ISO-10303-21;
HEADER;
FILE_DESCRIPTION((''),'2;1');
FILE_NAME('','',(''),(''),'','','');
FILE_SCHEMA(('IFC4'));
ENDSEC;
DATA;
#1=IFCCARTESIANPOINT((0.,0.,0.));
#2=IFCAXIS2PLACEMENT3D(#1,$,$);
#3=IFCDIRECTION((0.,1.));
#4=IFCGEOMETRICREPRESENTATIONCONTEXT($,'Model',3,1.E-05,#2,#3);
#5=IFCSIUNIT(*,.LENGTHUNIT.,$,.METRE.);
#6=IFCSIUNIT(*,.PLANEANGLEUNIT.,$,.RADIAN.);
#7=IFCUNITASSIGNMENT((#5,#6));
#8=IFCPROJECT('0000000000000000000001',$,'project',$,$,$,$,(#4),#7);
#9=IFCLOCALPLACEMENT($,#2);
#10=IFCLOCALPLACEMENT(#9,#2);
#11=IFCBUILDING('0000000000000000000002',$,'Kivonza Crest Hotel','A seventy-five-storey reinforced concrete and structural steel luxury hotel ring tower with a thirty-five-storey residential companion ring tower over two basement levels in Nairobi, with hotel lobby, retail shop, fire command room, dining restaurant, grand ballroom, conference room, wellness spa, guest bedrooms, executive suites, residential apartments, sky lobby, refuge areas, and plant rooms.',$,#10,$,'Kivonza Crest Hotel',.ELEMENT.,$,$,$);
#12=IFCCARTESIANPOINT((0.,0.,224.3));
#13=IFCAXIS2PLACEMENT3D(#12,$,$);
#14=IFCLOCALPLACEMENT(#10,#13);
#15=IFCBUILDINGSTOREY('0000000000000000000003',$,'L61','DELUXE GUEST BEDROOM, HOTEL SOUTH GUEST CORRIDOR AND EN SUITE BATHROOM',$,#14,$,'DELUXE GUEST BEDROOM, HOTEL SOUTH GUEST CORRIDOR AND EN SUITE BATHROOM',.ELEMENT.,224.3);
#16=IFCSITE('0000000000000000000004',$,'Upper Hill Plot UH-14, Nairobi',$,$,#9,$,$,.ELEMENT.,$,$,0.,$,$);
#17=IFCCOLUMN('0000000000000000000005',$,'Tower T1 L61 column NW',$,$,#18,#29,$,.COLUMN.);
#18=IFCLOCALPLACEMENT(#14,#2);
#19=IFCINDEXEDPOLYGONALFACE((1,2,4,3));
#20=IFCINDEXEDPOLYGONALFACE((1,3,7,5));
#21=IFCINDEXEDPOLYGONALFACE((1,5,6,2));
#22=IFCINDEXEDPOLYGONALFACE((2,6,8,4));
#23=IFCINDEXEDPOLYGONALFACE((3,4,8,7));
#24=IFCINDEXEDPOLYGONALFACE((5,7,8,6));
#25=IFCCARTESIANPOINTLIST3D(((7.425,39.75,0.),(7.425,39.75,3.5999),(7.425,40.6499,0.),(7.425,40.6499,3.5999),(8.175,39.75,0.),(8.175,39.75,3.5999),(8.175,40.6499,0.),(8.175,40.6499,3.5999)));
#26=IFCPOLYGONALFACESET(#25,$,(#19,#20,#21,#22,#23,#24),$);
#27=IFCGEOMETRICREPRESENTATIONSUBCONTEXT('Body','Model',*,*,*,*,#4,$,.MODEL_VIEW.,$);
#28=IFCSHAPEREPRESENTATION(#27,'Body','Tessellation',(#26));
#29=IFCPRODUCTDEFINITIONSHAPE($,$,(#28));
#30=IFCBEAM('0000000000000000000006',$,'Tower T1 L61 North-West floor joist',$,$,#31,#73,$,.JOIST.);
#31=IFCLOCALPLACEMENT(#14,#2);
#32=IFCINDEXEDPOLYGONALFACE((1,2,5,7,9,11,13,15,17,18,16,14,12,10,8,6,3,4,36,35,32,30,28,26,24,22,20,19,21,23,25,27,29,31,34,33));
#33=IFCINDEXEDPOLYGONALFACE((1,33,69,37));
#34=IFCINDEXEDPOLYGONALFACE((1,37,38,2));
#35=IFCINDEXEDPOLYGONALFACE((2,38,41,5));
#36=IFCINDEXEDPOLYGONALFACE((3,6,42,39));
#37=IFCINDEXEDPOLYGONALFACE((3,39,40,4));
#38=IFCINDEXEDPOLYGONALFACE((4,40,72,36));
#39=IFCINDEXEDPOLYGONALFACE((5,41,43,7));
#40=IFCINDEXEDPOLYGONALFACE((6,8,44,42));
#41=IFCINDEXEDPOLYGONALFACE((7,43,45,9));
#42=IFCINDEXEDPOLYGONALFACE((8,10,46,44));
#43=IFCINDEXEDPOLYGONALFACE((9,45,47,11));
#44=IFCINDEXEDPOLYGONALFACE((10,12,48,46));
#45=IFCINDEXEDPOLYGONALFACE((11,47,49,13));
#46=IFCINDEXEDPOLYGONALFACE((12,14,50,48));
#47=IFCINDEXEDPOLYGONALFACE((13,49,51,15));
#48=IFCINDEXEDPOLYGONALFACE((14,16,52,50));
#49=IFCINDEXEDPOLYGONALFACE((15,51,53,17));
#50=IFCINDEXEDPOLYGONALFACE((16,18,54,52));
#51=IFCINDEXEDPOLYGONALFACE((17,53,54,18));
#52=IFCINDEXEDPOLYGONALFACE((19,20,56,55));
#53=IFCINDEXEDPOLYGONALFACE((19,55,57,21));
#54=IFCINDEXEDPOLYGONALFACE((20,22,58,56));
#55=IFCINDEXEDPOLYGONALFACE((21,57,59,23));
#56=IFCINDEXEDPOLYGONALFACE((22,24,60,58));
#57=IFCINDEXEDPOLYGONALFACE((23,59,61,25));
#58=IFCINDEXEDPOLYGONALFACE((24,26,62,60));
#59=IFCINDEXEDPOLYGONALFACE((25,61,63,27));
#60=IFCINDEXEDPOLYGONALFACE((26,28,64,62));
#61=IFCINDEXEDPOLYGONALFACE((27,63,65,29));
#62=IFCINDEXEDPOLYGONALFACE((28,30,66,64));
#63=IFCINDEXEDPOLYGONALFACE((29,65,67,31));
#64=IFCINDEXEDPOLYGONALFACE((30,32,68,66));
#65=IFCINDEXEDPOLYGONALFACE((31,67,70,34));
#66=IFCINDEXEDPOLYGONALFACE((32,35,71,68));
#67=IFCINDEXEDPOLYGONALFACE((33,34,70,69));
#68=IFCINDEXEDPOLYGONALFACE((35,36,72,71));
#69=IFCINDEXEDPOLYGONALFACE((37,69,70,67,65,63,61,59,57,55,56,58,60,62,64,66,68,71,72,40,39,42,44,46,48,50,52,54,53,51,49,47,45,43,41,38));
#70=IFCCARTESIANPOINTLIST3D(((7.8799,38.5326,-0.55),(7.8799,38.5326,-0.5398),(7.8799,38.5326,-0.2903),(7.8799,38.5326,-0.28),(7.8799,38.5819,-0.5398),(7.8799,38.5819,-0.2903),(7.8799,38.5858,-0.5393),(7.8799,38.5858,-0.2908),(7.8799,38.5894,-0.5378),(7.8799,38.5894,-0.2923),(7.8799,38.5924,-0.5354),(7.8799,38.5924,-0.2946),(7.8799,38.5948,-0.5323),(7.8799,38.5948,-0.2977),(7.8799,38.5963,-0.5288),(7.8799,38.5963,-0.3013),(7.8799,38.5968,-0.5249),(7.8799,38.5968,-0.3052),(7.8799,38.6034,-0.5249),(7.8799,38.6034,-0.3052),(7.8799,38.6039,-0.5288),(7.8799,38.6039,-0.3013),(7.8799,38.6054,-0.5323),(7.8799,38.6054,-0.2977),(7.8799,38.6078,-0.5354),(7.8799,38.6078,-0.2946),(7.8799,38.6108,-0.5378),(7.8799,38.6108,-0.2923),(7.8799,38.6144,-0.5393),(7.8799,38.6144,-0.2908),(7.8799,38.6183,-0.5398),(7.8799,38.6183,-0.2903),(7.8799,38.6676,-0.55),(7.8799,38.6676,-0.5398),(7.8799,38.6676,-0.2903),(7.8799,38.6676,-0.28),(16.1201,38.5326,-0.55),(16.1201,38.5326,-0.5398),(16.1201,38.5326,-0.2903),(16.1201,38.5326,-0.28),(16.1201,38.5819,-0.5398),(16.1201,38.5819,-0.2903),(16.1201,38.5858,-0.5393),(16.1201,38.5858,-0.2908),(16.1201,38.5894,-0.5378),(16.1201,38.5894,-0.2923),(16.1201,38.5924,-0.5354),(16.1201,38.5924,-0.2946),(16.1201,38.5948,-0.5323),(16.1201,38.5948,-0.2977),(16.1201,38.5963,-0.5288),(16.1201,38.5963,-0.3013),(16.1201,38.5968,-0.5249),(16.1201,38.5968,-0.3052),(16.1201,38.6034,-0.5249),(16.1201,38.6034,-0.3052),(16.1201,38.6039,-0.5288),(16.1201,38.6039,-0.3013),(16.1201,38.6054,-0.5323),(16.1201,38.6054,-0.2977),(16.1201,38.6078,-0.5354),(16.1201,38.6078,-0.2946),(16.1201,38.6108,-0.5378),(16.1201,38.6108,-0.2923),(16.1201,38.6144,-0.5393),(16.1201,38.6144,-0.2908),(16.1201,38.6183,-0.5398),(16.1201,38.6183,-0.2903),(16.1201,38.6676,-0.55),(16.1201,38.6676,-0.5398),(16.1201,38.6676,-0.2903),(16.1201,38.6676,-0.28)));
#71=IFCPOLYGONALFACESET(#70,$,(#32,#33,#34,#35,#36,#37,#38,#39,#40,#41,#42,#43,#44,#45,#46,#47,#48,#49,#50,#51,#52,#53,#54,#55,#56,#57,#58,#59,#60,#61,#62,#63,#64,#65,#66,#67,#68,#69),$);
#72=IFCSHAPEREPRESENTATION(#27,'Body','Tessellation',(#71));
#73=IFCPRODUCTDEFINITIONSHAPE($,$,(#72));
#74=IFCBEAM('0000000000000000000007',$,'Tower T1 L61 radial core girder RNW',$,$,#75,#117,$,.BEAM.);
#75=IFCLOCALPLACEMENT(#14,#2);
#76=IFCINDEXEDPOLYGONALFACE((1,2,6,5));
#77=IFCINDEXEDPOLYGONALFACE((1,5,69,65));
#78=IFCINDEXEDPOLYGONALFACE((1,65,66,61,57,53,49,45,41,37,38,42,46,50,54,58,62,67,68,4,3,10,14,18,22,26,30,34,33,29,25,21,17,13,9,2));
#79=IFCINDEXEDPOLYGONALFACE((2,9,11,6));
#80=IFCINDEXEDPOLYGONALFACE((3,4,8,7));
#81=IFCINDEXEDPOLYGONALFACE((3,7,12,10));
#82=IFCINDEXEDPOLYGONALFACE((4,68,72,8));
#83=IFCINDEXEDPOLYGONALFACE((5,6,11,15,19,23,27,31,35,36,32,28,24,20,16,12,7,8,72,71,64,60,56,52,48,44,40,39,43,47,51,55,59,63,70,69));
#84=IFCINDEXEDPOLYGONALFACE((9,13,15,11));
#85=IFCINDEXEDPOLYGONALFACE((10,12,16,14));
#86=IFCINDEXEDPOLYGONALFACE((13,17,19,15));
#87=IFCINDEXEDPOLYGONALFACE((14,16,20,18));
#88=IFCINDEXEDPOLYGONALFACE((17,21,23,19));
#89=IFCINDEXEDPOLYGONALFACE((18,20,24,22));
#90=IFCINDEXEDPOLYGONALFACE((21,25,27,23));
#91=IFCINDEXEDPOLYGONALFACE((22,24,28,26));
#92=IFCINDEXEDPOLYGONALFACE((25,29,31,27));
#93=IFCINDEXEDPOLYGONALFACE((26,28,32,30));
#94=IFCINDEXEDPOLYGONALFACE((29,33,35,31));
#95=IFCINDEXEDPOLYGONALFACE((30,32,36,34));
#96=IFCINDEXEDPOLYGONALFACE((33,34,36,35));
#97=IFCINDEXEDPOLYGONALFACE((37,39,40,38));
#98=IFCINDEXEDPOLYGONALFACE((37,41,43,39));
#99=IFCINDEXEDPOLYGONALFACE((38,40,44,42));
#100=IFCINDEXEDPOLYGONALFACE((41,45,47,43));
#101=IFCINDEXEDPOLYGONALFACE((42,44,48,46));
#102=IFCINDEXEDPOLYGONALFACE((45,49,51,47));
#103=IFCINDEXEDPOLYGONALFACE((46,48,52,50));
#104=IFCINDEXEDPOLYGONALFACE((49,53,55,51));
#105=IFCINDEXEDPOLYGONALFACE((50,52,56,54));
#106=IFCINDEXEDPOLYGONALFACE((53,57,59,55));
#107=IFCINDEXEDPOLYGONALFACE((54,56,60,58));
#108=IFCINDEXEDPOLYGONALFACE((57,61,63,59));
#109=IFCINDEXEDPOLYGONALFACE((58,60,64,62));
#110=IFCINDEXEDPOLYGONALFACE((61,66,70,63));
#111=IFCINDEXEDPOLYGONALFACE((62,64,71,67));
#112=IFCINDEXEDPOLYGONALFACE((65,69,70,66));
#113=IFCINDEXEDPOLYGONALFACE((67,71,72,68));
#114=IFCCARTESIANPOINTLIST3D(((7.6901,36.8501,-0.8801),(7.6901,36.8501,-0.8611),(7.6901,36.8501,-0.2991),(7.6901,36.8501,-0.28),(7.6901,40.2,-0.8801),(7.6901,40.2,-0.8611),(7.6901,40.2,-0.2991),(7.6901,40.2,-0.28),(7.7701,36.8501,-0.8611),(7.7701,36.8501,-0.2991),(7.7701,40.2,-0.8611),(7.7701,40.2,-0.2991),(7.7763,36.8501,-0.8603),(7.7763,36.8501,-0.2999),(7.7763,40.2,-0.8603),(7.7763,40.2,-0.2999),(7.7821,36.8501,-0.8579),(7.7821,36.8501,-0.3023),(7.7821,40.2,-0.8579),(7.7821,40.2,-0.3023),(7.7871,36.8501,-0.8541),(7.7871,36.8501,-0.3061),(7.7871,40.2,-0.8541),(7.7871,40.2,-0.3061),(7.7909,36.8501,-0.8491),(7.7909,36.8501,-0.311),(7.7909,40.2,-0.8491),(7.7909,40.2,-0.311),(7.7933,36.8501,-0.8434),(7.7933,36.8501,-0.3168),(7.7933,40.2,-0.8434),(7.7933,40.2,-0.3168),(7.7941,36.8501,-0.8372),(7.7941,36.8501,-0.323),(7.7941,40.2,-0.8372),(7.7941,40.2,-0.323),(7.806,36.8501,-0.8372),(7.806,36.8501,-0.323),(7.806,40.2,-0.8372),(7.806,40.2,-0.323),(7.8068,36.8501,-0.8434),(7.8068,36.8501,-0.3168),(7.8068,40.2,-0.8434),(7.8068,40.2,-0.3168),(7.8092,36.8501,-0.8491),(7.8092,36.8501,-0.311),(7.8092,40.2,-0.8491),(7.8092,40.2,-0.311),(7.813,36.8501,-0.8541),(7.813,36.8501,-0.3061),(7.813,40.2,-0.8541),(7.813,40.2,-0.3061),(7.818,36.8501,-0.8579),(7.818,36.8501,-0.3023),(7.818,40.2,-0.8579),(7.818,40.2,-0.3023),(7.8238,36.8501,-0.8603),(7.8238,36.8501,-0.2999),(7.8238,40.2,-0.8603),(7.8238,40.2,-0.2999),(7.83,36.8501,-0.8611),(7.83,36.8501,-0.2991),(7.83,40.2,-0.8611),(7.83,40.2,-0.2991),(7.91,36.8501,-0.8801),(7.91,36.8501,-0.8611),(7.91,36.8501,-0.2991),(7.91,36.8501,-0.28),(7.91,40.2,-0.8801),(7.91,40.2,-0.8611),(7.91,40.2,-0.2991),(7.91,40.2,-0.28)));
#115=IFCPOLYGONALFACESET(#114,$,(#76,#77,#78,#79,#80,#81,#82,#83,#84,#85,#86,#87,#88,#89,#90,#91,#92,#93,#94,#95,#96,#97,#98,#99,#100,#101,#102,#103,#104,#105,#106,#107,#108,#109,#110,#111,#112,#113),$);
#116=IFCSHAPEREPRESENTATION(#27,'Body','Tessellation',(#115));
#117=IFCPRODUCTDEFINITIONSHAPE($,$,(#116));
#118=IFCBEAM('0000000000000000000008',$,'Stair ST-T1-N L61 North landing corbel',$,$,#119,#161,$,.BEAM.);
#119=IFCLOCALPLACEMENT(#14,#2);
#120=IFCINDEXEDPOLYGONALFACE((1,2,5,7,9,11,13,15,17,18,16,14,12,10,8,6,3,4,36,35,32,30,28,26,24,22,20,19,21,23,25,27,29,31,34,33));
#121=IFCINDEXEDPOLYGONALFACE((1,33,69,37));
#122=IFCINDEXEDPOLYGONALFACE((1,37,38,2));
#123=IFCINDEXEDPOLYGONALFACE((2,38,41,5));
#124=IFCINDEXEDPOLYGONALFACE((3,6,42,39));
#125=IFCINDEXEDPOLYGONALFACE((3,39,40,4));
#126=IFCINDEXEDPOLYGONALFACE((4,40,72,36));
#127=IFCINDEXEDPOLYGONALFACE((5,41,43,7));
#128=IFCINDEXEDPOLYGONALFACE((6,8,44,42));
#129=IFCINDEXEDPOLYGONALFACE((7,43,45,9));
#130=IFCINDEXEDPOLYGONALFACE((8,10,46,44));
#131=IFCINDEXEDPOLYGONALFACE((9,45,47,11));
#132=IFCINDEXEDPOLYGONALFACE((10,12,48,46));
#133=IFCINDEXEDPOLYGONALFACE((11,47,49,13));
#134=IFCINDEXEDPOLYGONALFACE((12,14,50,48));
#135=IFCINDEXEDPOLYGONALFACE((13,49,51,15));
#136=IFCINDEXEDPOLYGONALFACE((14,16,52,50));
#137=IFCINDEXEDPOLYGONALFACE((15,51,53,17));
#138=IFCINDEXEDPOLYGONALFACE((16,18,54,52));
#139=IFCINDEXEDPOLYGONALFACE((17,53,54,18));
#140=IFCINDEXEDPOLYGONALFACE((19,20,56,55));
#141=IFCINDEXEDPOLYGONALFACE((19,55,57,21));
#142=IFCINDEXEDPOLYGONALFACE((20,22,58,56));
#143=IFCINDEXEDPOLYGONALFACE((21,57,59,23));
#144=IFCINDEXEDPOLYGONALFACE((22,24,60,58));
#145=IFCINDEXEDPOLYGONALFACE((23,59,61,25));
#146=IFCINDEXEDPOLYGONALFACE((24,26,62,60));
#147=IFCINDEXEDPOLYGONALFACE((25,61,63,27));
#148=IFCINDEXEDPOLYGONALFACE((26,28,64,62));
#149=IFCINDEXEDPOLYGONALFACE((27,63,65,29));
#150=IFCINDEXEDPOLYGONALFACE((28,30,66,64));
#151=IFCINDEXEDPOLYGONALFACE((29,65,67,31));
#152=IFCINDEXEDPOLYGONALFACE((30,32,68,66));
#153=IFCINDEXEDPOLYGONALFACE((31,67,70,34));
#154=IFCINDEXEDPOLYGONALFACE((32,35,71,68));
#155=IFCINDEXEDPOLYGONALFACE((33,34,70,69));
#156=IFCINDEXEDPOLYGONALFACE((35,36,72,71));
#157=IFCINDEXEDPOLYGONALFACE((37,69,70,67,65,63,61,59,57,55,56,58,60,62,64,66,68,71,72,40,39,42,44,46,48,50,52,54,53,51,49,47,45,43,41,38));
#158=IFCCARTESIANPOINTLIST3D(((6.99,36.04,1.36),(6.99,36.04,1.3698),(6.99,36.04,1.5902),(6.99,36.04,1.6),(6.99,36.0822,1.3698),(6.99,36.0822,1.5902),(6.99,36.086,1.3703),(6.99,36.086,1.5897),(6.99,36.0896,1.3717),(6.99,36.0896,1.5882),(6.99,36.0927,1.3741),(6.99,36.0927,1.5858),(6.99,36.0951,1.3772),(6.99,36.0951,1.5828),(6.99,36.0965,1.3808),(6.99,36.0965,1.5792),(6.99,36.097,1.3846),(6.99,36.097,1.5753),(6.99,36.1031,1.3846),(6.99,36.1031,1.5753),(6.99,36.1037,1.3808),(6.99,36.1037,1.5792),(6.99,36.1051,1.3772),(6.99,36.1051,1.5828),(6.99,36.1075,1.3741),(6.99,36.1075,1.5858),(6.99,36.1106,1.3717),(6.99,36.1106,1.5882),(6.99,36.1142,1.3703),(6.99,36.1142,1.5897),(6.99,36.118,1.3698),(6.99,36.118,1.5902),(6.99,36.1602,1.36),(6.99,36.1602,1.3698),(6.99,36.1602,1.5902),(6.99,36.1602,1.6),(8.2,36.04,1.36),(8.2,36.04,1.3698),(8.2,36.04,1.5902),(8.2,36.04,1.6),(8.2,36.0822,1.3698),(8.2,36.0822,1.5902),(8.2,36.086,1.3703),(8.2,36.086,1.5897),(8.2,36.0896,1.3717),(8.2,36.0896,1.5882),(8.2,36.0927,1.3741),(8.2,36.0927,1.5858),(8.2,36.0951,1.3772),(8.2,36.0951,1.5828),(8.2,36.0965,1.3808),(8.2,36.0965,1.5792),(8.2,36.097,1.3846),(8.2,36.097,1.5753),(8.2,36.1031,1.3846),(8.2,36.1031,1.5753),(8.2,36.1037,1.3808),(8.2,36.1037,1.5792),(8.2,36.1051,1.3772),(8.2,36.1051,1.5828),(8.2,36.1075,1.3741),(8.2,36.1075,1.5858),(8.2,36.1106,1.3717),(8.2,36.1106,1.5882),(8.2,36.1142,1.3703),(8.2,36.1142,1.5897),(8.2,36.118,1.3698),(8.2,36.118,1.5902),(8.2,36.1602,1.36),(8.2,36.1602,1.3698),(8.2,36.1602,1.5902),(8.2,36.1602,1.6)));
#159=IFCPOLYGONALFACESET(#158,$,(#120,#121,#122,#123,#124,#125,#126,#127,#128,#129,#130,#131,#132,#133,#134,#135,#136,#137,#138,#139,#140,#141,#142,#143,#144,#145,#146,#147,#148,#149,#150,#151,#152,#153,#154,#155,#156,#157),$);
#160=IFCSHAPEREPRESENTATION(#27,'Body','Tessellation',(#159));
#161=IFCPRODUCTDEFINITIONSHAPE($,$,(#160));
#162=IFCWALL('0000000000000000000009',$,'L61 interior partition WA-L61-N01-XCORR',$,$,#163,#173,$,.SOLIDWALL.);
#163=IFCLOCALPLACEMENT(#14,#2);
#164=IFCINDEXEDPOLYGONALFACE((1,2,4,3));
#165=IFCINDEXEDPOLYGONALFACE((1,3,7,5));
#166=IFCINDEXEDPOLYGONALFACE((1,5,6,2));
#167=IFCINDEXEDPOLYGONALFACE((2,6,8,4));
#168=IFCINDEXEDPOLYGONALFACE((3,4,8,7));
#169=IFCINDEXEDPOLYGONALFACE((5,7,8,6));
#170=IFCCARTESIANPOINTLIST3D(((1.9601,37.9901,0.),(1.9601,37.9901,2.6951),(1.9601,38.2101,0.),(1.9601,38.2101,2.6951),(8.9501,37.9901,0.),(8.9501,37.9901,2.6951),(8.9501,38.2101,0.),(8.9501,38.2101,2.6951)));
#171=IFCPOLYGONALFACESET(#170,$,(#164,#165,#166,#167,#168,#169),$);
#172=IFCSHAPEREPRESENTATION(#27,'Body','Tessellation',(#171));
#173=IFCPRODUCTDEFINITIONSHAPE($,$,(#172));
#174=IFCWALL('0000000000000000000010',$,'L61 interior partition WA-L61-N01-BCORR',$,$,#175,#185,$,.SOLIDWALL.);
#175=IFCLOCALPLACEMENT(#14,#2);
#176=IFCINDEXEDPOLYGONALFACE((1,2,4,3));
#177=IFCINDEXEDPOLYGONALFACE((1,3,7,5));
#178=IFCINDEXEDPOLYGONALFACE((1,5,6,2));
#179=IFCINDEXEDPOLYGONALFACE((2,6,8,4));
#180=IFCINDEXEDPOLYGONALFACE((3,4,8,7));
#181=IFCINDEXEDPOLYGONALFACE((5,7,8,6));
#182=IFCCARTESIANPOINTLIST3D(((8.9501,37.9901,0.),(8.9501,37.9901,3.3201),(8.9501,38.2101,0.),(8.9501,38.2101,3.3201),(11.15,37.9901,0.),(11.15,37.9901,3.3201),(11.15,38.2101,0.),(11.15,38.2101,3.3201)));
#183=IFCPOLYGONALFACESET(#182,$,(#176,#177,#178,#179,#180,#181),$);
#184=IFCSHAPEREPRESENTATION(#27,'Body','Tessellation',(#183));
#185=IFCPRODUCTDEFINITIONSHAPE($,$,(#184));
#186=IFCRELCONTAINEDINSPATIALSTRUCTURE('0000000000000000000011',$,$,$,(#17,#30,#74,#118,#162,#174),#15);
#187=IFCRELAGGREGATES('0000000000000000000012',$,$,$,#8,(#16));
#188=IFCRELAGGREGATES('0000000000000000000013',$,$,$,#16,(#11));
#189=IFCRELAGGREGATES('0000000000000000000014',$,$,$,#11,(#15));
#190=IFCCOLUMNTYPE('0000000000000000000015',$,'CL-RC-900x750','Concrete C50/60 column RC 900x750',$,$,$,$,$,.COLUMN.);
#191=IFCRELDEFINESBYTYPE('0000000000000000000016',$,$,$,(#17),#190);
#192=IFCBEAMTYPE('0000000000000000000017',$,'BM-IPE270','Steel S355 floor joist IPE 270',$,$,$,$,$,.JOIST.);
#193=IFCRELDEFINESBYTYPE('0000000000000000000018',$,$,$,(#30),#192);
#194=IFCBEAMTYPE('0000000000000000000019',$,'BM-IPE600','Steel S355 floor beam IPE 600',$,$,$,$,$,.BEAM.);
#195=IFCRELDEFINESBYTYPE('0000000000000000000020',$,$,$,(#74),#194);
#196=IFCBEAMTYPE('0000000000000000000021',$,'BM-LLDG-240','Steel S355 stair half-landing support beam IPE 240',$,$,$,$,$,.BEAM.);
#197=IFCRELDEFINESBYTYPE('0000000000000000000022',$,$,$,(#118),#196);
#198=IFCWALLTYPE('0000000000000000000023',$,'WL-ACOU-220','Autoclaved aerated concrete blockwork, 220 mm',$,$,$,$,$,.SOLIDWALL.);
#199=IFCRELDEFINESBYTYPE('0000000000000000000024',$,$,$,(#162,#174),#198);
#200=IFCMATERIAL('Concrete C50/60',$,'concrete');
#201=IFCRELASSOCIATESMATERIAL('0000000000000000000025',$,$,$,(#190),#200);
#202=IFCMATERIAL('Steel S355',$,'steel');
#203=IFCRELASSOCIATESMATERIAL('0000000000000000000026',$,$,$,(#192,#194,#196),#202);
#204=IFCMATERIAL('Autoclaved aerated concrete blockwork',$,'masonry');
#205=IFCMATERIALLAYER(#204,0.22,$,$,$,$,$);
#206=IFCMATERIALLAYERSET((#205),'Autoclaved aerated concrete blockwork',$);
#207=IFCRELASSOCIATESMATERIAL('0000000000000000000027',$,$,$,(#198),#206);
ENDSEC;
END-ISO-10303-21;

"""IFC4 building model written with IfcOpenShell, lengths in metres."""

from ifc_helpers import new_model, si_unit, direction, frame, frame_2d, origin, origin_2d, place, context, subcontext, project, spatial, rectangle, i_section, extrude, material, layer, layer_set, material_profile, profile_set, type_object, element, save


model = new_model("IFC4")

# Units and contexts
model_context = context("Model", 3, precision=1e-05, world=origin(), true_north=direction((0.0, 1.0)))
body_context = subcontext(model_context, "Body", "Model", "MODEL_VIEW")
ifc_project = project(units=[si_unit("LENGTHUNIT", "METRE"), si_unit("PLANEANGLEUNIT", "RADIAN")], contexts=[model_context])

# Site, building, storey
site_placement = place(None, origin())
site = spatial("IfcSite", under=ifc_project, at=site_placement, Name="Upper Hill Plot UH-14, Nairobi", CompositionType="ELEMENT", RefElevation=0.0)
building_placement = place(site_placement, origin())
building = spatial("IfcBuilding", under=site, at=building_placement, Name="Kivonza Crest Hotel", Description="A seventy-five-storey reinforced concrete and structural steel luxury hotel ring tower with a thirty-five-storey residential companion ring tower over two basement levels in Nairobi, with hotel lobby, retail shop, fire command room, dining restaurant, grand ballroom, conference room, wellness spa, guest bedrooms, executive suites, residential apartments, sky lobby, refuge areas, and plant rooms.", LongName="Kivonza Crest Hotel", CompositionType="ELEMENT")
storey_placement = place(building_placement, frame((0.0, 0.0, 224.3)))
storey = spatial("IfcBuildingStorey", under=building, at=storey_placement, Name="L61", Description="DELUXE GUEST BEDROOM, HOTEL SOUTH GUEST CORRIDOR AND EN SUITE BATHROOM", LongName="DELUXE GUEST BEDROOM, HOTEL SOUTH GUEST CORRIDOR AND EN SUITE BATHROOM", CompositionType="ELEMENT", Elevation=224.3)

# Column
ifc_material_1 = material(Name="Concrete C50/60", Category="concrete")
ifc_material_profile_1 = material_profile(ifc_material_1, rectangle(XDim=0.75, YDim=0.8999, at=origin_2d()), Name="RC 900x750")
ifc_profile_set_1 = profile_set([ifc_material_profile_1], Name="Concrete C50/60")
column_type = type_object("IfcColumnType", Name="CL-RC-900x750", Description="Concrete C50/60 column RC 900x750", PredefinedType="COLUMN", material=ifc_profile_set_1)
column_placement = place(storey_placement, frame((7.8, 40.2, 0.0), z_axis=(0.0, 0.0, 1.0), x_axis=(1.0, 0.0, 0.0)))
element("IfcColumn", 1, at=column_placement, inside=storey, type_object=column_type, Name="Tower T1 L61 column NW", PredefinedType="COLUMN", context=body_context, shape_type="SweptSolid", body=[
    extrude(rectangle(XDim=0.75, YDim=0.8999, at=origin_2d()), origin(), (0.0, 0.0, 1.0), 3.5999),
])

# Beams
ifc_material_2 = material(Name="Steel S355", Category="steel")
ifc_material_profile_2 = material_profile(ifc_material_2, i_section(OverallWidth=0.135, OverallDepth=0.27, WebThickness=0.0066, FlangeThickness=0.0103, FilletRadius=0.0149, at=origin_2d()), Name="IPE 270")
ifc_profile_set_2 = profile_set([ifc_material_profile_2], Name="Steel S355")
beam_type_1 = type_object("IfcBeamType", Name="BM-IPE270", Description="Steel S355 floor joist IPE 270", PredefinedType="JOIST", material=ifc_profile_set_2)
beam_1_placement = place(storey_placement, frame((7.8799, 38.6001, -0.415), z_axis=(1.0, 0.0, 0.0), x_axis=(0.0, 1.0, 0.0)))
element("IfcBeam", 2, at=beam_1_placement, inside=storey, type_object=beam_type_1, Name="Tower T1 L61 North-West floor joist", PredefinedType="JOIST", context=body_context, shape_type="SweptSolid", body=[
    extrude(i_section(OverallWidth=0.135, OverallDepth=0.27, WebThickness=0.0066, FlangeThickness=0.0103, FilletRadius=0.0149, at=origin_2d()), origin(), (0.0, 0.0, 1.0), 8.2402),
])
ifc_material_profile_3 = material_profile(ifc_material_2, i_section(OverallWidth=0.22, OverallDepth=0.6001, WebThickness=0.012, FlangeThickness=0.019, FilletRadius=0.0239, at=origin_2d()), Name="IPE 600")
ifc_profile_set_3 = profile_set([ifc_material_profile_3], Name="Steel S355")
beam_type_2 = type_object("IfcBeamType", Name="BM-IPE600", Description="Steel S355 floor beam IPE 600", PredefinedType="BEAM", material=ifc_profile_set_3)
beam_2_placement = place(storey_placement, frame((7.8, 40.2, -0.5801), z_axis=(0.0, -1.0, 0.0), x_axis=(1.0, 0.0, 0.0)))
element("IfcBeam", 3, at=beam_2_placement, inside=storey, type_object=beam_type_2, Name="Tower T1 L61 radial core girder RNW", PredefinedType="BEAM", context=body_context, shape_type="SweptSolid", body=[
    extrude(i_section(OverallWidth=0.22, OverallDepth=0.6001, WebThickness=0.012, FlangeThickness=0.019, FilletRadius=0.0239, at=origin_2d()), origin(), (0.0, 0.0, 1.0), 3.3499),
])
ifc_material_profile_4 = material_profile(ifc_material_2, i_section(OverallWidth=0.1201, OverallDepth=0.24, WebThickness=0.0061, FlangeThickness=0.0098, FilletRadius=0.0149, at=origin_2d()), Name="IPE 240")
ifc_profile_set_4 = profile_set([ifc_material_profile_4], Name="Steel S355")
beam_type_3 = type_object("IfcBeamType", Name="BM-LLDG-240", Description="Steel S355 stair half-landing support beam IPE 240", PredefinedType="BEAM", material=ifc_profile_set_4)
beam_3_placement = place(storey_placement, frame((6.99, 36.1001, 1.48), z_axis=(1.0, 0.0, 0.0), x_axis=(0.0, 1.0, 0.0)))
element("IfcBeam", 4, at=beam_3_placement, inside=storey, type_object=beam_type_3, Name="Stair ST-T1-N L61 North landing corbel", PredefinedType="BEAM", context=body_context, shape_type="SweptSolid", body=[
    extrude(i_section(OverallWidth=0.1201, OverallDepth=0.24, WebThickness=0.0061, FlangeThickness=0.0098, FilletRadius=0.0149, at=origin_2d()), origin(), (0.0, 0.0, 1.0), 1.21),
])

# Walls
ifc_material_3 = material(Name="Autoclaved aerated concrete blockwork", Category="masonry")
ifc_layer_1 = layer(ifc_material_3, 0.22)
ifc_layer_set_1 = layer_set([ifc_layer_1], Name="Autoclaved aerated concrete blockwork")
wall_type_1 = type_object("IfcWallType", Name="WL-ACOU-220", Description="Autoclaved aerated concrete blockwork, 220 mm", PredefinedType="SOLIDWALL", material=ifc_layer_set_1)
wall_1_placement = place(storey_placement, frame((1.96, 38.1001, 0.0), z_axis=(0.0, 0.0, 1.0), x_axis=(1.0, 0.0, 0.0)))
element("IfcWall", 5, at=wall_1_placement, inside=storey, type_object=wall_type_1, Name="L61 interior partition WA-L61-N01-XCORR", PredefinedType="SOLIDWALL", context=body_context, shape_type="SweptSolid", body=[
    extrude(rectangle(XDim=6.99, YDim=0.22, at=frame_2d((3.4951, 0.0))), origin(), (0.0, 0.0, 1.0), 2.6951),
])
wall_2_placement = place(storey_placement, frame((8.95, 38.1001, 0.0), z_axis=(0.0, 0.0, 1.0), x_axis=(1.0, 0.0, 0.0)))
element("IfcWall", 6, at=wall_2_placement, inside=storey, type_object=wall_type_1, Name="L61 interior partition WA-L61-N01-BCORR", PredefinedType="SOLIDWALL", context=body_context, shape_type="SweptSolid", body=[
    extrude(rectangle(XDim=2.2, YDim=0.22, at=frame_2d((1.1001, 0.0))), origin(), (0.0, 0.0, 1.0), 3.3201),
])

save(model, "model.ifc")
